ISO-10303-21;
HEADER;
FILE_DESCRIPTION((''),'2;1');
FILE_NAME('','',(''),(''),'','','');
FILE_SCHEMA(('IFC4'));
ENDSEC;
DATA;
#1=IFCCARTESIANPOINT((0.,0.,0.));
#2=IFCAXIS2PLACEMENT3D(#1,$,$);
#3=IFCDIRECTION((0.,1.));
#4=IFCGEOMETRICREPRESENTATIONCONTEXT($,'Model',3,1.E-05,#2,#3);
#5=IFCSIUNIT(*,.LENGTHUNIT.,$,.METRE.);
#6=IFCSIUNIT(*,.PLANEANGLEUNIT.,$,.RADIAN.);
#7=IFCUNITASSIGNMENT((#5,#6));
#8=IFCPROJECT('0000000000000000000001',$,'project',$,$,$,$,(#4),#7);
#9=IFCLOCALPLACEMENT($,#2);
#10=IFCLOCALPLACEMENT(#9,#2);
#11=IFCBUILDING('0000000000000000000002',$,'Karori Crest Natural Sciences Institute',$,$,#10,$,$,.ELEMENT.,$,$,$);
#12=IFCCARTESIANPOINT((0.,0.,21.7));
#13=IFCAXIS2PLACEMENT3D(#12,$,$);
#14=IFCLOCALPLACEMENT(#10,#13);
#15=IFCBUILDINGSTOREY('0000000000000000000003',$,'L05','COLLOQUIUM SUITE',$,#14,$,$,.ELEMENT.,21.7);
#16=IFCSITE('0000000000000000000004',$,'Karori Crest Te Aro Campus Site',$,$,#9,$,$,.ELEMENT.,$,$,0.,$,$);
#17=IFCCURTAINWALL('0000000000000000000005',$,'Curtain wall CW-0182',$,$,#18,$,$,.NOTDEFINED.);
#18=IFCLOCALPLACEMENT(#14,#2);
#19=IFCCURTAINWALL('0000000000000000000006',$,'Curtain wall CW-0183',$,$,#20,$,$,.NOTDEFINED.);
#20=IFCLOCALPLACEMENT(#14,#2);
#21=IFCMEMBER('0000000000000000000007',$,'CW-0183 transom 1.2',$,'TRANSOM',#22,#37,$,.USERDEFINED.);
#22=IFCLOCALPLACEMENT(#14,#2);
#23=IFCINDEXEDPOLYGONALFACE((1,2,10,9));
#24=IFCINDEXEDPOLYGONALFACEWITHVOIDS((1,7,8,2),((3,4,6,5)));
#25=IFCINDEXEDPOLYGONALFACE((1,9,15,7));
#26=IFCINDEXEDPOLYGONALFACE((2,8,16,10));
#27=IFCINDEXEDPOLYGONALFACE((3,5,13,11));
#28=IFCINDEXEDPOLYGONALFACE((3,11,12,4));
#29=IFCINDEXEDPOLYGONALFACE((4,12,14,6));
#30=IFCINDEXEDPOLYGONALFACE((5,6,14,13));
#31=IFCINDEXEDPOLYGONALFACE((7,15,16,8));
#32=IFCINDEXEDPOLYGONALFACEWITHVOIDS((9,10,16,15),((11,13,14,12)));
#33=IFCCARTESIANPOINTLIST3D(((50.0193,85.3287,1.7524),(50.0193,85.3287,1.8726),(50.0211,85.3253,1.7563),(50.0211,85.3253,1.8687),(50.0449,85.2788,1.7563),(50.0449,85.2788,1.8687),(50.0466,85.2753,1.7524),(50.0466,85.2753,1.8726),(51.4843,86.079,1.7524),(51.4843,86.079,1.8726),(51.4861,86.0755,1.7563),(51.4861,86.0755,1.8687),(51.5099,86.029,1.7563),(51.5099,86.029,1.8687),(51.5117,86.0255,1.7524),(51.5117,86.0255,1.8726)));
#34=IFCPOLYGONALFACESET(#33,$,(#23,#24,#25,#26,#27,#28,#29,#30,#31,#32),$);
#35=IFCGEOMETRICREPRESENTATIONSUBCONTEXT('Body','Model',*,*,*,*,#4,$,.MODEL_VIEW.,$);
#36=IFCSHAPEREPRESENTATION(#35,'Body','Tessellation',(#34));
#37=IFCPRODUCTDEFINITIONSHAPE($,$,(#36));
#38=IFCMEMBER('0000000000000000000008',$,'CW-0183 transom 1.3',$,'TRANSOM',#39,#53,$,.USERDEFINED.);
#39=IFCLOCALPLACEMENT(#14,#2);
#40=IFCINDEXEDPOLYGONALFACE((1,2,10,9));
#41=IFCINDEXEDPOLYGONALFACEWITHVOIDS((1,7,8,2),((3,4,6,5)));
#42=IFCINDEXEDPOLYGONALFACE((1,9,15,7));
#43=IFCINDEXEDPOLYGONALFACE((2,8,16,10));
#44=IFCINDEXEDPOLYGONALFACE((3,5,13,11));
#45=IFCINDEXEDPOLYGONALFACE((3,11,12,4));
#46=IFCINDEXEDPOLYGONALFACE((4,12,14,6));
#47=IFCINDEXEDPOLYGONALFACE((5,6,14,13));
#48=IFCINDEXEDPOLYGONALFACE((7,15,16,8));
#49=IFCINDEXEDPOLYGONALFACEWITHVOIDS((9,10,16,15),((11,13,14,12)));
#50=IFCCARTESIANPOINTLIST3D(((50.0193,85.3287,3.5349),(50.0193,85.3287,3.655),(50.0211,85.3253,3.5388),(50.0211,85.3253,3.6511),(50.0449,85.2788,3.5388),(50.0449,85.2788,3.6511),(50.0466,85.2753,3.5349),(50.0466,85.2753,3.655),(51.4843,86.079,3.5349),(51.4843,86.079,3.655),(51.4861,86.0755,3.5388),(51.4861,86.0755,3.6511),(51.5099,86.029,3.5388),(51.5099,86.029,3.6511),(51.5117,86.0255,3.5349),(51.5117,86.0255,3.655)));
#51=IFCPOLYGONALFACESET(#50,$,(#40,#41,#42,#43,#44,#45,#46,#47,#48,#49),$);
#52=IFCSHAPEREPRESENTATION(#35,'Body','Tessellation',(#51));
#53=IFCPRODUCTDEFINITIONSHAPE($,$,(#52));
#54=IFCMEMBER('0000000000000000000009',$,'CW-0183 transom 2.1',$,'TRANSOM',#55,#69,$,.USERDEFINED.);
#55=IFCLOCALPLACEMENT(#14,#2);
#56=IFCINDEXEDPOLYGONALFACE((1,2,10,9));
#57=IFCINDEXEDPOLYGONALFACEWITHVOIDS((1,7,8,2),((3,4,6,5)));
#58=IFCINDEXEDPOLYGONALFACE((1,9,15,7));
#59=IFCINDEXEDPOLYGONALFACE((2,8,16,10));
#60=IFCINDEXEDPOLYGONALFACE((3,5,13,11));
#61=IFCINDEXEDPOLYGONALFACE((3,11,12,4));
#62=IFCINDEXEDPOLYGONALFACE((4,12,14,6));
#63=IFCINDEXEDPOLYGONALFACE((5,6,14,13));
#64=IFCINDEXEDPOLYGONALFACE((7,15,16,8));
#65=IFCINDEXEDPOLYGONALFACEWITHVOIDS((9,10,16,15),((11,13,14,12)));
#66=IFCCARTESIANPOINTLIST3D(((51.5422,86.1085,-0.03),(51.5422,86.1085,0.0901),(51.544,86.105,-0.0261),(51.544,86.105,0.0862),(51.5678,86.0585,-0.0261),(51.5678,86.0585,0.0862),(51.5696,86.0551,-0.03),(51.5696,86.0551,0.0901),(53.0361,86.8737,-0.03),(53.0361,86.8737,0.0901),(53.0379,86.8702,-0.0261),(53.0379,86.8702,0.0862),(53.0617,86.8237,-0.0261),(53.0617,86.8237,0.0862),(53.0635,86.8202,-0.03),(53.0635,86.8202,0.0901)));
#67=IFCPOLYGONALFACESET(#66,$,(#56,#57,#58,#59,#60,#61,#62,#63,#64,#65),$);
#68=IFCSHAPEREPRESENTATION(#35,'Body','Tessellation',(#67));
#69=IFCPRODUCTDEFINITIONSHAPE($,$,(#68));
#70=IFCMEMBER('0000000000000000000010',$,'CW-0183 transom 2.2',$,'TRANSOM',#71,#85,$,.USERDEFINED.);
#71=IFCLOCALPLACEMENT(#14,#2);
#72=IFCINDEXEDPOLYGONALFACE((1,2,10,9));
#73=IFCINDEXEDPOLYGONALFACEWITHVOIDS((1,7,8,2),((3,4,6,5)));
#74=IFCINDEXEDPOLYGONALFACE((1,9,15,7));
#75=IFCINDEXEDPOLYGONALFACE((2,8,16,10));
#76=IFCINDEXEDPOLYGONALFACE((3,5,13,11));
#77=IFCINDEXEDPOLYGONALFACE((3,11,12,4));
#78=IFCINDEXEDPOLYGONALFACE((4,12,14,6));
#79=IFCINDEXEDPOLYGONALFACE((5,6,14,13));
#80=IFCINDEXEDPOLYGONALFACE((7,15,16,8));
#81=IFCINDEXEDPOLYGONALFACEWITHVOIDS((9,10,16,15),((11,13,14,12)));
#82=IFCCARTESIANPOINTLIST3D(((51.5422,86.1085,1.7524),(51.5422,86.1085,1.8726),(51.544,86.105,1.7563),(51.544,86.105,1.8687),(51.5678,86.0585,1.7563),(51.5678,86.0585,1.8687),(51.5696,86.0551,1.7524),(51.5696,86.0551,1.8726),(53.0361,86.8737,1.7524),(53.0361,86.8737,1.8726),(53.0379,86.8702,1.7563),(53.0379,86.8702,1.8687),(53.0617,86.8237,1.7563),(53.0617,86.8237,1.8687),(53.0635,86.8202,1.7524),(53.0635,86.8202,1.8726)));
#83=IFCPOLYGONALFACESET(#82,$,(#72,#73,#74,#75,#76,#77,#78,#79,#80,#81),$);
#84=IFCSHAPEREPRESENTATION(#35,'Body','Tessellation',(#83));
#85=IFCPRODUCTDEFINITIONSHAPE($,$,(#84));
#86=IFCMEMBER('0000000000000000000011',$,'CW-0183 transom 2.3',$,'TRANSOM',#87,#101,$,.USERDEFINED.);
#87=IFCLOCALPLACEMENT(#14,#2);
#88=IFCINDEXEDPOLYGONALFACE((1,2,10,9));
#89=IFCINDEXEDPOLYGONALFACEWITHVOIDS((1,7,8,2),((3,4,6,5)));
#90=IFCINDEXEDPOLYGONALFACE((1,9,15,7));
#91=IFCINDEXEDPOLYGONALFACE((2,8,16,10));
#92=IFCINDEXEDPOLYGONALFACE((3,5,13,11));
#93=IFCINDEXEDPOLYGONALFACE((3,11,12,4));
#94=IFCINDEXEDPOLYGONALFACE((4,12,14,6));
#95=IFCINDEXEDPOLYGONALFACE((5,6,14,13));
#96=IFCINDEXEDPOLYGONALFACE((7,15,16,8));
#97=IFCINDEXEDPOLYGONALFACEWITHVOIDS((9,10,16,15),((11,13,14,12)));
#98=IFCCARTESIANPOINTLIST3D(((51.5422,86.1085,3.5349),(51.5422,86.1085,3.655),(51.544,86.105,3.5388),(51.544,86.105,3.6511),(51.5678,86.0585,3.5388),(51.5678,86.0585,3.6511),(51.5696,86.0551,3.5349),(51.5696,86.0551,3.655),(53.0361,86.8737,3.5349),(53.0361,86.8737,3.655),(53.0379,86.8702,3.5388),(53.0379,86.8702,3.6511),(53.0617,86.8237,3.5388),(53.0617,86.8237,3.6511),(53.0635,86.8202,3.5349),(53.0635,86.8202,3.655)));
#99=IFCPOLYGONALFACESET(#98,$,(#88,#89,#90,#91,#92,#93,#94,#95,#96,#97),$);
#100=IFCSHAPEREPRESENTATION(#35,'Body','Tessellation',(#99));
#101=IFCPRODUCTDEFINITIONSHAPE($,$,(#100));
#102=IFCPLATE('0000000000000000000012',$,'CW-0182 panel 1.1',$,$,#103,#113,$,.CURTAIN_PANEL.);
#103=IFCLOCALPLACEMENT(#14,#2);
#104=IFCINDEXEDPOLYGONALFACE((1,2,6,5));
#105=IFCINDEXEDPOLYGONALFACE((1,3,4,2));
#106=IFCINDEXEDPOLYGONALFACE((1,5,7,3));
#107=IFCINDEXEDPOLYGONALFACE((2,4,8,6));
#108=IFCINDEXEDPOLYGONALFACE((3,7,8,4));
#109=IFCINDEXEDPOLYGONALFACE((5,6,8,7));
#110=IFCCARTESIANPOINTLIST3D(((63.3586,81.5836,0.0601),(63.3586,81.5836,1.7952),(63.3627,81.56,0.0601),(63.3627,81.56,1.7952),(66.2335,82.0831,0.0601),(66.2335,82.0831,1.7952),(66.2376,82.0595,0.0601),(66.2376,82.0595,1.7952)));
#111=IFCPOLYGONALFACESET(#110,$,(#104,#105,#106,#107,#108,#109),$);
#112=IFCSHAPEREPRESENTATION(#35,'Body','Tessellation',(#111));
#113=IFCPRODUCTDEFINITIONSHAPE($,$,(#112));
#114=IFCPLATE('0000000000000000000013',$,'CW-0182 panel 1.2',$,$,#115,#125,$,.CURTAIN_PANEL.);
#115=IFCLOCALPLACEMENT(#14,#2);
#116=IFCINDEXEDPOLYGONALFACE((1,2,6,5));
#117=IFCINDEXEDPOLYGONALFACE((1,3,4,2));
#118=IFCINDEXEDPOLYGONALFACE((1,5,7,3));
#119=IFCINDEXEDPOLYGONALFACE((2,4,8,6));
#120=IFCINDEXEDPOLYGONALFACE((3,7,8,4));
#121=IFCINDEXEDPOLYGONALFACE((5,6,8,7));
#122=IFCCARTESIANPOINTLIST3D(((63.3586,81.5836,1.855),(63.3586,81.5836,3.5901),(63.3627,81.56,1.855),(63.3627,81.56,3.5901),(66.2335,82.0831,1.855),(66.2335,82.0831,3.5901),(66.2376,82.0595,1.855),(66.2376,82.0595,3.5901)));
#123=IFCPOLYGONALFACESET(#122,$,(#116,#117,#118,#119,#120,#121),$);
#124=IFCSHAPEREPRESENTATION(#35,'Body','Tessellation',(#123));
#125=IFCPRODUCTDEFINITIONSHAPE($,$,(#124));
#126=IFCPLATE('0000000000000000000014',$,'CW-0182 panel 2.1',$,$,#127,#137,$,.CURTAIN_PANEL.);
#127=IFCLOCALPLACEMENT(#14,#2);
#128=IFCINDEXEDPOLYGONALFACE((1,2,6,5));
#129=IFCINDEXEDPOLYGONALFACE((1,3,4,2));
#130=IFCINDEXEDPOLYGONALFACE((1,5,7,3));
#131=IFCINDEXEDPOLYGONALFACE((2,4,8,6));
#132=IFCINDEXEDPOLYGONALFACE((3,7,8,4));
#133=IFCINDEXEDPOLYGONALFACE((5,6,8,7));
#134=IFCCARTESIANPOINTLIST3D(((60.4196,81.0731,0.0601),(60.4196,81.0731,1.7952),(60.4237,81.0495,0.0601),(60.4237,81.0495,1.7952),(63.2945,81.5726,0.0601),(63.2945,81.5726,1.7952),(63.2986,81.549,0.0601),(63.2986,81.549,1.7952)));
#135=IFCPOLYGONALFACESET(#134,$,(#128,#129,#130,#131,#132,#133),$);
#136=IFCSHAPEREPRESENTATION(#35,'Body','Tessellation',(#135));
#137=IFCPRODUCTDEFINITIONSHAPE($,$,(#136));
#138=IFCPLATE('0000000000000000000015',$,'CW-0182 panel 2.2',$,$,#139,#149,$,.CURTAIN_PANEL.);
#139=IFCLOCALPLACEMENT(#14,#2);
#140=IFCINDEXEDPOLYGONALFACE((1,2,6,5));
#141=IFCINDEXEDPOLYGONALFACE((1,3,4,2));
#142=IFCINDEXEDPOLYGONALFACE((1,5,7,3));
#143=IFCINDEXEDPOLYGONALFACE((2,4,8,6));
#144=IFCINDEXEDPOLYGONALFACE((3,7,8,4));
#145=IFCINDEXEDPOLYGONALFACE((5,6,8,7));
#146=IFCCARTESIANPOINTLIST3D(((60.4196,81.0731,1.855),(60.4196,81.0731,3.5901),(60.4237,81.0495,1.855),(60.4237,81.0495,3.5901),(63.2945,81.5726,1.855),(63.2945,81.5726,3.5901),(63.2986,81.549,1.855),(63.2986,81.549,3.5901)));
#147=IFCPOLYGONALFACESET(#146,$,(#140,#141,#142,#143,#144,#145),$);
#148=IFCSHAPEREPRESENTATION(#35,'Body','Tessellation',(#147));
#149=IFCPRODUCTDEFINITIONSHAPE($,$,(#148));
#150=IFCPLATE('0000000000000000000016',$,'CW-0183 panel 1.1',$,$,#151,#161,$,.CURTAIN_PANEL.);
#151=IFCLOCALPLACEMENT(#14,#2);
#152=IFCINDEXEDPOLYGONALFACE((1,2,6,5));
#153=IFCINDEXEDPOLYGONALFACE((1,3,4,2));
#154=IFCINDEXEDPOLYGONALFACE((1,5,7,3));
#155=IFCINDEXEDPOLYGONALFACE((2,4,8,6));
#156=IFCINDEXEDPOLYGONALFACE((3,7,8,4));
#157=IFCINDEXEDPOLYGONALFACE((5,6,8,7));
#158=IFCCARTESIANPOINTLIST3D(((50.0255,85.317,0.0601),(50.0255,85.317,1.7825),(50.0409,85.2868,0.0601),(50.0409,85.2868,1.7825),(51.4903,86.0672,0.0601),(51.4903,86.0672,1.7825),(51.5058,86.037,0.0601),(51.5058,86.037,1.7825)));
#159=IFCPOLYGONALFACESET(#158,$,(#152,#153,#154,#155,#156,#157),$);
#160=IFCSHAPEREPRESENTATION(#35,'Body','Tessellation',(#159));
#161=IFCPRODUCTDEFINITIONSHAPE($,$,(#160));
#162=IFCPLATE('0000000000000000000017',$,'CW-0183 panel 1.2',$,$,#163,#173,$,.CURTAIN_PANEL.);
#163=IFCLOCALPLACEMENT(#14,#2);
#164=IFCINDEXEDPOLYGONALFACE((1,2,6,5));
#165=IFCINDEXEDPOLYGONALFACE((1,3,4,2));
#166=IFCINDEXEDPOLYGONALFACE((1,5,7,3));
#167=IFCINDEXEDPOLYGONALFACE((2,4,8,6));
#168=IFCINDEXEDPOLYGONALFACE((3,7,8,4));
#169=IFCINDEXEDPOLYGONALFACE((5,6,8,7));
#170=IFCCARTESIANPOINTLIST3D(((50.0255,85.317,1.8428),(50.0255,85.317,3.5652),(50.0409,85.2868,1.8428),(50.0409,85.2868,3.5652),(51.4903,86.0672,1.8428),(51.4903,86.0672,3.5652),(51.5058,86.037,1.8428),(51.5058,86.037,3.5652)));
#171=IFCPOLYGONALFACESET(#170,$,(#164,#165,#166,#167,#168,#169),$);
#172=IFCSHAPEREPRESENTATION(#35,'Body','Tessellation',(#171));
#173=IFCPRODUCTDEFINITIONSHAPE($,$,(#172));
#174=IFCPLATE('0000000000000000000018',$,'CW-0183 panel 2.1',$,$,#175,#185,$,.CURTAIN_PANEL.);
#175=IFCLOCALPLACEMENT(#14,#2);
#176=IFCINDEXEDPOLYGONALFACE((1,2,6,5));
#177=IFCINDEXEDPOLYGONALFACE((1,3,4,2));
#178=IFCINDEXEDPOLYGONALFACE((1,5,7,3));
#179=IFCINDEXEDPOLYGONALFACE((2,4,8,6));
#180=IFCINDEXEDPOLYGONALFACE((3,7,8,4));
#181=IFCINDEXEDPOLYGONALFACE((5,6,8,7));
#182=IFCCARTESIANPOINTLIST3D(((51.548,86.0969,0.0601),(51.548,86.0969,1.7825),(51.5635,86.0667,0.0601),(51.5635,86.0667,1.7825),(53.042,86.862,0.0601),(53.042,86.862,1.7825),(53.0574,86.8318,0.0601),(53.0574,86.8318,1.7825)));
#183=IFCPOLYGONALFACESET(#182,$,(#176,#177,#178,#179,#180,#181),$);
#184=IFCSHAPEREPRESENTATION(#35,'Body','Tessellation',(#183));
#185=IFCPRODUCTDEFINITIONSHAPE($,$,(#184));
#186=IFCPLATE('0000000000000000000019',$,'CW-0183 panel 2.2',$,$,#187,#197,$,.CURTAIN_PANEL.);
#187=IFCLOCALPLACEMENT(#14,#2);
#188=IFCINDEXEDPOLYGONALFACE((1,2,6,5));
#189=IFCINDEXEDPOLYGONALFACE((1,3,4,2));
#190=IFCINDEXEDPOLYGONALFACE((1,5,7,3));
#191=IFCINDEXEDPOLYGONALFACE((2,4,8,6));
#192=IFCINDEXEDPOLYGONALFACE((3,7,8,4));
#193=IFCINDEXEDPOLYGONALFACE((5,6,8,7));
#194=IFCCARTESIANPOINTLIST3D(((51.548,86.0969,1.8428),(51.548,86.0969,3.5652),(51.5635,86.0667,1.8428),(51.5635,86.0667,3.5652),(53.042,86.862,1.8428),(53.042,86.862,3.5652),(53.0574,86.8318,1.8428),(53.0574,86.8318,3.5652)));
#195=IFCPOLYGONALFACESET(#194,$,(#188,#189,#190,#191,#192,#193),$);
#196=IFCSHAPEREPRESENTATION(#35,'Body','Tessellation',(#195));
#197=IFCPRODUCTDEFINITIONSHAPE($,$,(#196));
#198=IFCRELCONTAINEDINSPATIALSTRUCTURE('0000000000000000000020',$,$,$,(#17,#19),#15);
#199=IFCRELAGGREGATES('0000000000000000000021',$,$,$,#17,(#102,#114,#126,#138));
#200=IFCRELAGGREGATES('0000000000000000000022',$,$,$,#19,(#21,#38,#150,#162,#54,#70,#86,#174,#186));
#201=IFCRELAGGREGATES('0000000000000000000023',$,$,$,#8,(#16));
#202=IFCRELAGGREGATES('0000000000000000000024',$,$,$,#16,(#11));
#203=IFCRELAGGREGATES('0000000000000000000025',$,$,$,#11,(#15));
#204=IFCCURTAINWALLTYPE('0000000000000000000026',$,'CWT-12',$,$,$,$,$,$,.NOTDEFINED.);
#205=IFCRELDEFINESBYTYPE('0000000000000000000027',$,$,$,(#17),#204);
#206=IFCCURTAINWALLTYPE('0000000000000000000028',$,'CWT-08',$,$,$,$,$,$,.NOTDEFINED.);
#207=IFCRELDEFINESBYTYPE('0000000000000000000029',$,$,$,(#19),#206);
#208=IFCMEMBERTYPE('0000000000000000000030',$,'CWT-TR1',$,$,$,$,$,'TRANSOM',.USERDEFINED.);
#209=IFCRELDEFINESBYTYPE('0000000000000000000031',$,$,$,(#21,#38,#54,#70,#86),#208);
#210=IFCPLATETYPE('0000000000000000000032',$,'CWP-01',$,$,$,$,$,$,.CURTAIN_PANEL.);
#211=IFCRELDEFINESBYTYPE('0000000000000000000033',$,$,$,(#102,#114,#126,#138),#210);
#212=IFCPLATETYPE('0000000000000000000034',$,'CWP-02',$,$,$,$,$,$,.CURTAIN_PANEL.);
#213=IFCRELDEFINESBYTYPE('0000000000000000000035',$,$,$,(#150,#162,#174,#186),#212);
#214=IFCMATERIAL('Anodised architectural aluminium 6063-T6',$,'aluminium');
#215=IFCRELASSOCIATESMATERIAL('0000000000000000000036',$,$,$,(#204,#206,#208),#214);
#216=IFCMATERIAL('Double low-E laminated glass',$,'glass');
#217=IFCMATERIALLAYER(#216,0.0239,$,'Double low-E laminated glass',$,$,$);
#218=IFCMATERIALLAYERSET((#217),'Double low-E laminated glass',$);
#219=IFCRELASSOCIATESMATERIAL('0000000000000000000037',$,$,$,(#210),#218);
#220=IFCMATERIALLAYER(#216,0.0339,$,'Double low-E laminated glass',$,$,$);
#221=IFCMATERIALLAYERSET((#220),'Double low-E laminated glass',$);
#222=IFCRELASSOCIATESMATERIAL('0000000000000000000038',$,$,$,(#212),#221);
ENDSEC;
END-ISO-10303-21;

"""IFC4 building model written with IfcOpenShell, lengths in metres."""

from ifc_helpers import new_model, si_unit, direction, frame, origin, origin_2d, place, context, subcontext, project, spatial, rectangle, hollow_rectangle, extrude, material, layer, layer_set, material_profile, profile_set, type_object, element, aggregate, save


model = new_model("IFC4")

# Units and contexts
model_context = context("Model", 3, precision=1e-05, world=origin(), true_north=direction((0.0, 1.0)))
body_context = subcontext(model_context, "Body", "Model", "MODEL_VIEW")
ifc_project = project(units=[si_unit("LENGTHUNIT", "METRE"), si_unit("PLANEANGLEUNIT", "RADIAN")], contexts=[model_context])

# Site, building, storey
site_placement = place(None, origin())
site = spatial("IfcSite", under=ifc_project, at=site_placement, Name="Karori Crest Te Aro Campus Site", CompositionType="ELEMENT", RefElevation=0.0)
building_placement = place(site_placement, origin())
building = spatial("IfcBuilding", under=site, at=building_placement, Name="Karori Crest Natural Sciences Institute", CompositionType="ELEMENT")
storey_placement = place(building_placement, frame((0.0, 0.0, 21.7)))
storey = spatial("IfcBuildingStorey", under=building, at=storey_placement, Name="L05", Description="COLLOQUIUM SUITE", CompositionType="ELEMENT", Elevation=21.7)

# Curtain walls
ifc_material_1 = material(Name="Anodised architectural aluminium 6063-T6", Category="aluminium")
curtain_wall_type_1 = type_object("IfcCurtainWallType", Name="CWT-12", PredefinedType="NOTDEFINED", material=ifc_material_1)
curtain_wall_1_placement = place(storey_placement, origin())
curtain_wall_1 = element("IfcCurtainWall", 1, at=curtain_wall_1_placement, inside=storey, type_object=curtain_wall_type_1, Name="Curtain wall CW-0182", PredefinedType="NOTDEFINED")
curtain_wall_type_2 = type_object("IfcCurtainWallType", Name="CWT-08", PredefinedType="NOTDEFINED", material=ifc_material_1)
curtain_wall_2_placement = place(storey_placement, origin())
curtain_wall_2 = element("IfcCurtainWall", 2, at=curtain_wall_2_placement, inside=storey, type_object=curtain_wall_type_2, Name="Curtain wall CW-0183", PredefinedType="NOTDEFINED")

# Members
ifc_material_profile_1 = material_profile(ifc_material_1, hollow_rectangle(XDim=0.0601, YDim=0.1201, WallThickness=0.0039, at=origin_2d()), Name="CWT120x60x4")
ifc_profile_set_1 = profile_set([ifc_material_profile_1], Name="Anodised architectural aluminium 6063-T6")
member_type_1 = type_object("IfcMemberType", Name="CWT-TR1", ElementType="TRANSOM", PredefinedType="USERDEFINED", material=ifc_profile_set_1)
member_1_placement = place(storey_placement, frame((50.033, 85.302, 1.8125), z_axis=(0.890084, 0.455796, 0.0), x_axis=(-0.455796, 0.890084, 0.0)))
member_1 = element("IfcMember", 3, at=member_1_placement, type_object=member_type_1, Name="CW-0183 transom 1.2", ObjectType="TRANSOM", PredefinedType="USERDEFINED", context=body_context, shape_type="SweptSolid", body=[
    extrude(hollow_rectangle(XDim=0.0601, YDim=0.1201, WallThickness=0.0039, at=origin_2d()), origin(), (0.0, 0.0, 1.0), 1.646),
])
member_2_placement = place(storey_placement, frame((50.033, 85.302, 3.595), z_axis=(0.890084, 0.455796, 0.0), x_axis=(-0.455796, 0.890084, 0.0)))
member_2 = element("IfcMember", 4, at=member_2_placement, type_object=member_type_1, Name="CW-0183 transom 1.3", ObjectType="TRANSOM", PredefinedType="USERDEFINED", context=body_context, shape_type="SweptSolid", body=[
    extrude(hollow_rectangle(XDim=0.0601, YDim=0.1201, WallThickness=0.0039, at=origin_2d()), origin(), (0.0, 0.0, 1.0), 1.646),
])
member_3_placement = place(storey_placement, frame((51.5559, 86.0818, 0.03), z_axis=(0.890051, 0.455862, 0.0), x_axis=(-0.455862, 0.890051, 0.0)))
member_3 = element("IfcMember", 5, at=member_3_placement, type_object=member_type_1, Name="CW-0183 transom 2.1", ObjectType="TRANSOM", PredefinedType="USERDEFINED", context=body_context, shape_type="SweptSolid", body=[
    extrude(hollow_rectangle(XDim=0.0601, YDim=0.1201, WallThickness=0.0039, at=origin_2d()), origin(), (0.0, 0.0, 1.0), 1.6785),
])
member_4_placement = place(storey_placement, frame((51.5559, 86.0818, 1.8125), z_axis=(0.890051, 0.455862, 0.0), x_axis=(-0.455862, 0.890051, 0.0)))
member_4 = element("IfcMember", 6, at=member_4_placement, type_object=member_type_1, Name="CW-0183 transom 2.2", ObjectType="TRANSOM", PredefinedType="USERDEFINED", context=body_context, shape_type="SweptSolid", body=[
    extrude(hollow_rectangle(XDim=0.0601, YDim=0.1201, WallThickness=0.0039, at=origin_2d()), origin(), (0.0, 0.0, 1.0), 1.6785),
])
member_5_placement = place(storey_placement, frame((51.5559, 86.0818, 3.595), z_axis=(0.890051, 0.455862, 0.0), x_axis=(-0.455862, 0.890051, 0.0)))
member_5 = element("IfcMember", 7, at=member_5_placement, type_object=member_type_1, Name="CW-0183 transom 2.3", ObjectType="TRANSOM", PredefinedType="USERDEFINED", context=body_context, shape_type="SweptSolid", body=[
    extrude(hollow_rectangle(XDim=0.0601, YDim=0.1201, WallThickness=0.0039, at=origin_2d()), origin(), (0.0, 0.0, 1.0), 1.6785),
])

# Plates
ifc_material_2 = material(Name="Double low-E laminated glass", Category="glass")
ifc_layer_1 = layer(ifc_material_2, 0.0239, Name="Double low-E laminated glass")
ifc_layer_set_1 = layer_set([ifc_layer_1], Name="Double low-E laminated glass")
plate_type_1 = type_object("IfcPlateType", Name="CWP-01", PredefinedType="CURTAIN_PANEL", material=ifc_layer_set_1)
plate_1_placement = place(storey_placement, frame((64.7981, 81.8215, 0.0601), z_axis=(0.0, 0.0, 1.0), x_axis=(-0.985241, -0.171174, 0.0)))
plate_1 = element("IfcPlate", 8, at=plate_1_placement, type_object=plate_type_1, Name="CW-0182 panel 1.1", PredefinedType="CURTAIN_PANEL", context=body_context, shape_type="SweptSolid", body=[
    extrude(rectangle(XDim=2.918, YDim=0.0239, at=origin_2d()), origin(), (0.0, 0.0, 1.0), 1.7351),
])
plate_2_placement = place(storey_placement, frame((64.7981, 81.8215, 1.855), z_axis=(0.0, 0.0, 1.0), x_axis=(-0.985241, -0.171174, 0.0)))
plate_2 = element("IfcPlate", 9, at=plate_2_placement, type_object=plate_type_1, Name="CW-0182 panel 1.2", PredefinedType="CURTAIN_PANEL", context=body_context, shape_type="SweptSolid", body=[
    extrude(rectangle(XDim=2.918, YDim=0.0239, at=origin_2d()), origin(), (0.0, 0.0, 1.0), 1.7351),
])
plate_3_placement = place(storey_placement, frame((61.8591, 81.311, 0.0601), z_axis=(0.0, 0.0, 1.0), x_axis=(-0.985241, -0.171174, 0.0)))
plate_3 = element("IfcPlate", 10, at=plate_3_placement, type_object=plate_type_1, Name="CW-0182 panel 2.1", PredefinedType="CURTAIN_PANEL", context=body_context, shape_type="SweptSolid", body=[
    extrude(rectangle(XDim=2.918, YDim=0.0239, at=origin_2d()), origin(), (0.0, 0.0, 1.0), 1.7351),
])
plate_4_placement = place(storey_placement, frame((61.8591, 81.311, 1.855), z_axis=(0.0, 0.0, 1.0), x_axis=(-0.985241, -0.171174, 0.0)))
plate_4 = element("IfcPlate", 11, at=plate_4_placement, type_object=plate_type_1, Name="CW-0182 panel 2.2", PredefinedType="CURTAIN_PANEL", context=body_context, shape_type="SweptSolid", body=[
    extrude(rectangle(XDim=2.918, YDim=0.0239, at=origin_2d()), origin(), (0.0, 0.0, 1.0), 1.7351),
])
aggregate(curtain_wall_1, [plate_1, plate_2, plate_3, plate_4])
ifc_layer_2 = layer(ifc_material_2, 0.0339, Name="Double low-E laminated glass")
ifc_layer_set_2 = layer_set([ifc_layer_2], Name="Double low-E laminated glass")
plate_type_2 = type_object("IfcPlateType", Name="CWP-02", PredefinedType="CURTAIN_PANEL", material=ifc_layer_set_2)
plate_5_placement = place(storey_placement, frame((50.7656, 85.677, 0.0601), z_axis=(0.0, 0.0, 1.0), x_axis=(0.890067, 0.455829, 0.0)))
plate_5 = element("IfcPlate", 12, at=plate_5_placement, type_object=plate_type_2, Name="CW-0183 panel 1.1", PredefinedType="CURTAIN_PANEL", context=body_context, shape_type="SweptSolid", body=[
    extrude(rectangle(XDim=1.6458, YDim=0.0339, at=origin_2d()), origin(), (0.0, 0.0, 1.0), 1.7224),
])
plate_6_placement = place(storey_placement, frame((50.7656, 85.677, 1.8428), z_axis=(0.0, 0.0, 1.0), x_axis=(0.890067, 0.455829, 0.0)))
plate_6 = element("IfcPlate", 13, at=plate_6_placement, type_object=plate_type_2, Name="CW-0183 panel 1.2", PredefinedType="CURTAIN_PANEL", context=body_context, shape_type="SweptSolid", body=[
    extrude(rectangle(XDim=1.6458, YDim=0.0339, at=origin_2d()), origin(), (0.0, 0.0, 1.0), 1.7224),
])
plate_7_placement = place(storey_placement, frame((52.3027, 86.4644, 0.0601), z_axis=(0.0, 0.0, 1.0), x_axis=(0.890067, 0.455829, 0.0)))
plate_7 = element("IfcPlate", 14, at=plate_7_placement, type_object=plate_type_2, Name="CW-0183 panel 2.1", PredefinedType="CURTAIN_PANEL", context=body_context, shape_type="SweptSolid", body=[
    extrude(rectangle(XDim=1.6785, YDim=0.0339, at=origin_2d()), origin(), (0.0, 0.0, 1.0), 1.7224),
])
plate_8_placement = place(storey_placement, frame((52.3027, 86.4644, 1.8428), z_axis=(0.0, 0.0, 1.0), x_axis=(0.890067, 0.455829, 0.0)))
plate_8 = element("IfcPlate", 15, at=plate_8_placement, type_object=plate_type_2, Name="CW-0183 panel 2.2", PredefinedType="CURTAIN_PANEL", context=body_context, shape_type="SweptSolid", body=[
    extrude(rectangle(XDim=1.6785, YDim=0.0339, at=origin_2d()), origin(), (0.0, 0.0, 1.0), 1.7224),
])
aggregate(curtain_wall_2, [member_1, member_2, plate_5, plate_6, member_3, member_4, member_5, plate_7, plate_8])

save(model, "model.ifc")
